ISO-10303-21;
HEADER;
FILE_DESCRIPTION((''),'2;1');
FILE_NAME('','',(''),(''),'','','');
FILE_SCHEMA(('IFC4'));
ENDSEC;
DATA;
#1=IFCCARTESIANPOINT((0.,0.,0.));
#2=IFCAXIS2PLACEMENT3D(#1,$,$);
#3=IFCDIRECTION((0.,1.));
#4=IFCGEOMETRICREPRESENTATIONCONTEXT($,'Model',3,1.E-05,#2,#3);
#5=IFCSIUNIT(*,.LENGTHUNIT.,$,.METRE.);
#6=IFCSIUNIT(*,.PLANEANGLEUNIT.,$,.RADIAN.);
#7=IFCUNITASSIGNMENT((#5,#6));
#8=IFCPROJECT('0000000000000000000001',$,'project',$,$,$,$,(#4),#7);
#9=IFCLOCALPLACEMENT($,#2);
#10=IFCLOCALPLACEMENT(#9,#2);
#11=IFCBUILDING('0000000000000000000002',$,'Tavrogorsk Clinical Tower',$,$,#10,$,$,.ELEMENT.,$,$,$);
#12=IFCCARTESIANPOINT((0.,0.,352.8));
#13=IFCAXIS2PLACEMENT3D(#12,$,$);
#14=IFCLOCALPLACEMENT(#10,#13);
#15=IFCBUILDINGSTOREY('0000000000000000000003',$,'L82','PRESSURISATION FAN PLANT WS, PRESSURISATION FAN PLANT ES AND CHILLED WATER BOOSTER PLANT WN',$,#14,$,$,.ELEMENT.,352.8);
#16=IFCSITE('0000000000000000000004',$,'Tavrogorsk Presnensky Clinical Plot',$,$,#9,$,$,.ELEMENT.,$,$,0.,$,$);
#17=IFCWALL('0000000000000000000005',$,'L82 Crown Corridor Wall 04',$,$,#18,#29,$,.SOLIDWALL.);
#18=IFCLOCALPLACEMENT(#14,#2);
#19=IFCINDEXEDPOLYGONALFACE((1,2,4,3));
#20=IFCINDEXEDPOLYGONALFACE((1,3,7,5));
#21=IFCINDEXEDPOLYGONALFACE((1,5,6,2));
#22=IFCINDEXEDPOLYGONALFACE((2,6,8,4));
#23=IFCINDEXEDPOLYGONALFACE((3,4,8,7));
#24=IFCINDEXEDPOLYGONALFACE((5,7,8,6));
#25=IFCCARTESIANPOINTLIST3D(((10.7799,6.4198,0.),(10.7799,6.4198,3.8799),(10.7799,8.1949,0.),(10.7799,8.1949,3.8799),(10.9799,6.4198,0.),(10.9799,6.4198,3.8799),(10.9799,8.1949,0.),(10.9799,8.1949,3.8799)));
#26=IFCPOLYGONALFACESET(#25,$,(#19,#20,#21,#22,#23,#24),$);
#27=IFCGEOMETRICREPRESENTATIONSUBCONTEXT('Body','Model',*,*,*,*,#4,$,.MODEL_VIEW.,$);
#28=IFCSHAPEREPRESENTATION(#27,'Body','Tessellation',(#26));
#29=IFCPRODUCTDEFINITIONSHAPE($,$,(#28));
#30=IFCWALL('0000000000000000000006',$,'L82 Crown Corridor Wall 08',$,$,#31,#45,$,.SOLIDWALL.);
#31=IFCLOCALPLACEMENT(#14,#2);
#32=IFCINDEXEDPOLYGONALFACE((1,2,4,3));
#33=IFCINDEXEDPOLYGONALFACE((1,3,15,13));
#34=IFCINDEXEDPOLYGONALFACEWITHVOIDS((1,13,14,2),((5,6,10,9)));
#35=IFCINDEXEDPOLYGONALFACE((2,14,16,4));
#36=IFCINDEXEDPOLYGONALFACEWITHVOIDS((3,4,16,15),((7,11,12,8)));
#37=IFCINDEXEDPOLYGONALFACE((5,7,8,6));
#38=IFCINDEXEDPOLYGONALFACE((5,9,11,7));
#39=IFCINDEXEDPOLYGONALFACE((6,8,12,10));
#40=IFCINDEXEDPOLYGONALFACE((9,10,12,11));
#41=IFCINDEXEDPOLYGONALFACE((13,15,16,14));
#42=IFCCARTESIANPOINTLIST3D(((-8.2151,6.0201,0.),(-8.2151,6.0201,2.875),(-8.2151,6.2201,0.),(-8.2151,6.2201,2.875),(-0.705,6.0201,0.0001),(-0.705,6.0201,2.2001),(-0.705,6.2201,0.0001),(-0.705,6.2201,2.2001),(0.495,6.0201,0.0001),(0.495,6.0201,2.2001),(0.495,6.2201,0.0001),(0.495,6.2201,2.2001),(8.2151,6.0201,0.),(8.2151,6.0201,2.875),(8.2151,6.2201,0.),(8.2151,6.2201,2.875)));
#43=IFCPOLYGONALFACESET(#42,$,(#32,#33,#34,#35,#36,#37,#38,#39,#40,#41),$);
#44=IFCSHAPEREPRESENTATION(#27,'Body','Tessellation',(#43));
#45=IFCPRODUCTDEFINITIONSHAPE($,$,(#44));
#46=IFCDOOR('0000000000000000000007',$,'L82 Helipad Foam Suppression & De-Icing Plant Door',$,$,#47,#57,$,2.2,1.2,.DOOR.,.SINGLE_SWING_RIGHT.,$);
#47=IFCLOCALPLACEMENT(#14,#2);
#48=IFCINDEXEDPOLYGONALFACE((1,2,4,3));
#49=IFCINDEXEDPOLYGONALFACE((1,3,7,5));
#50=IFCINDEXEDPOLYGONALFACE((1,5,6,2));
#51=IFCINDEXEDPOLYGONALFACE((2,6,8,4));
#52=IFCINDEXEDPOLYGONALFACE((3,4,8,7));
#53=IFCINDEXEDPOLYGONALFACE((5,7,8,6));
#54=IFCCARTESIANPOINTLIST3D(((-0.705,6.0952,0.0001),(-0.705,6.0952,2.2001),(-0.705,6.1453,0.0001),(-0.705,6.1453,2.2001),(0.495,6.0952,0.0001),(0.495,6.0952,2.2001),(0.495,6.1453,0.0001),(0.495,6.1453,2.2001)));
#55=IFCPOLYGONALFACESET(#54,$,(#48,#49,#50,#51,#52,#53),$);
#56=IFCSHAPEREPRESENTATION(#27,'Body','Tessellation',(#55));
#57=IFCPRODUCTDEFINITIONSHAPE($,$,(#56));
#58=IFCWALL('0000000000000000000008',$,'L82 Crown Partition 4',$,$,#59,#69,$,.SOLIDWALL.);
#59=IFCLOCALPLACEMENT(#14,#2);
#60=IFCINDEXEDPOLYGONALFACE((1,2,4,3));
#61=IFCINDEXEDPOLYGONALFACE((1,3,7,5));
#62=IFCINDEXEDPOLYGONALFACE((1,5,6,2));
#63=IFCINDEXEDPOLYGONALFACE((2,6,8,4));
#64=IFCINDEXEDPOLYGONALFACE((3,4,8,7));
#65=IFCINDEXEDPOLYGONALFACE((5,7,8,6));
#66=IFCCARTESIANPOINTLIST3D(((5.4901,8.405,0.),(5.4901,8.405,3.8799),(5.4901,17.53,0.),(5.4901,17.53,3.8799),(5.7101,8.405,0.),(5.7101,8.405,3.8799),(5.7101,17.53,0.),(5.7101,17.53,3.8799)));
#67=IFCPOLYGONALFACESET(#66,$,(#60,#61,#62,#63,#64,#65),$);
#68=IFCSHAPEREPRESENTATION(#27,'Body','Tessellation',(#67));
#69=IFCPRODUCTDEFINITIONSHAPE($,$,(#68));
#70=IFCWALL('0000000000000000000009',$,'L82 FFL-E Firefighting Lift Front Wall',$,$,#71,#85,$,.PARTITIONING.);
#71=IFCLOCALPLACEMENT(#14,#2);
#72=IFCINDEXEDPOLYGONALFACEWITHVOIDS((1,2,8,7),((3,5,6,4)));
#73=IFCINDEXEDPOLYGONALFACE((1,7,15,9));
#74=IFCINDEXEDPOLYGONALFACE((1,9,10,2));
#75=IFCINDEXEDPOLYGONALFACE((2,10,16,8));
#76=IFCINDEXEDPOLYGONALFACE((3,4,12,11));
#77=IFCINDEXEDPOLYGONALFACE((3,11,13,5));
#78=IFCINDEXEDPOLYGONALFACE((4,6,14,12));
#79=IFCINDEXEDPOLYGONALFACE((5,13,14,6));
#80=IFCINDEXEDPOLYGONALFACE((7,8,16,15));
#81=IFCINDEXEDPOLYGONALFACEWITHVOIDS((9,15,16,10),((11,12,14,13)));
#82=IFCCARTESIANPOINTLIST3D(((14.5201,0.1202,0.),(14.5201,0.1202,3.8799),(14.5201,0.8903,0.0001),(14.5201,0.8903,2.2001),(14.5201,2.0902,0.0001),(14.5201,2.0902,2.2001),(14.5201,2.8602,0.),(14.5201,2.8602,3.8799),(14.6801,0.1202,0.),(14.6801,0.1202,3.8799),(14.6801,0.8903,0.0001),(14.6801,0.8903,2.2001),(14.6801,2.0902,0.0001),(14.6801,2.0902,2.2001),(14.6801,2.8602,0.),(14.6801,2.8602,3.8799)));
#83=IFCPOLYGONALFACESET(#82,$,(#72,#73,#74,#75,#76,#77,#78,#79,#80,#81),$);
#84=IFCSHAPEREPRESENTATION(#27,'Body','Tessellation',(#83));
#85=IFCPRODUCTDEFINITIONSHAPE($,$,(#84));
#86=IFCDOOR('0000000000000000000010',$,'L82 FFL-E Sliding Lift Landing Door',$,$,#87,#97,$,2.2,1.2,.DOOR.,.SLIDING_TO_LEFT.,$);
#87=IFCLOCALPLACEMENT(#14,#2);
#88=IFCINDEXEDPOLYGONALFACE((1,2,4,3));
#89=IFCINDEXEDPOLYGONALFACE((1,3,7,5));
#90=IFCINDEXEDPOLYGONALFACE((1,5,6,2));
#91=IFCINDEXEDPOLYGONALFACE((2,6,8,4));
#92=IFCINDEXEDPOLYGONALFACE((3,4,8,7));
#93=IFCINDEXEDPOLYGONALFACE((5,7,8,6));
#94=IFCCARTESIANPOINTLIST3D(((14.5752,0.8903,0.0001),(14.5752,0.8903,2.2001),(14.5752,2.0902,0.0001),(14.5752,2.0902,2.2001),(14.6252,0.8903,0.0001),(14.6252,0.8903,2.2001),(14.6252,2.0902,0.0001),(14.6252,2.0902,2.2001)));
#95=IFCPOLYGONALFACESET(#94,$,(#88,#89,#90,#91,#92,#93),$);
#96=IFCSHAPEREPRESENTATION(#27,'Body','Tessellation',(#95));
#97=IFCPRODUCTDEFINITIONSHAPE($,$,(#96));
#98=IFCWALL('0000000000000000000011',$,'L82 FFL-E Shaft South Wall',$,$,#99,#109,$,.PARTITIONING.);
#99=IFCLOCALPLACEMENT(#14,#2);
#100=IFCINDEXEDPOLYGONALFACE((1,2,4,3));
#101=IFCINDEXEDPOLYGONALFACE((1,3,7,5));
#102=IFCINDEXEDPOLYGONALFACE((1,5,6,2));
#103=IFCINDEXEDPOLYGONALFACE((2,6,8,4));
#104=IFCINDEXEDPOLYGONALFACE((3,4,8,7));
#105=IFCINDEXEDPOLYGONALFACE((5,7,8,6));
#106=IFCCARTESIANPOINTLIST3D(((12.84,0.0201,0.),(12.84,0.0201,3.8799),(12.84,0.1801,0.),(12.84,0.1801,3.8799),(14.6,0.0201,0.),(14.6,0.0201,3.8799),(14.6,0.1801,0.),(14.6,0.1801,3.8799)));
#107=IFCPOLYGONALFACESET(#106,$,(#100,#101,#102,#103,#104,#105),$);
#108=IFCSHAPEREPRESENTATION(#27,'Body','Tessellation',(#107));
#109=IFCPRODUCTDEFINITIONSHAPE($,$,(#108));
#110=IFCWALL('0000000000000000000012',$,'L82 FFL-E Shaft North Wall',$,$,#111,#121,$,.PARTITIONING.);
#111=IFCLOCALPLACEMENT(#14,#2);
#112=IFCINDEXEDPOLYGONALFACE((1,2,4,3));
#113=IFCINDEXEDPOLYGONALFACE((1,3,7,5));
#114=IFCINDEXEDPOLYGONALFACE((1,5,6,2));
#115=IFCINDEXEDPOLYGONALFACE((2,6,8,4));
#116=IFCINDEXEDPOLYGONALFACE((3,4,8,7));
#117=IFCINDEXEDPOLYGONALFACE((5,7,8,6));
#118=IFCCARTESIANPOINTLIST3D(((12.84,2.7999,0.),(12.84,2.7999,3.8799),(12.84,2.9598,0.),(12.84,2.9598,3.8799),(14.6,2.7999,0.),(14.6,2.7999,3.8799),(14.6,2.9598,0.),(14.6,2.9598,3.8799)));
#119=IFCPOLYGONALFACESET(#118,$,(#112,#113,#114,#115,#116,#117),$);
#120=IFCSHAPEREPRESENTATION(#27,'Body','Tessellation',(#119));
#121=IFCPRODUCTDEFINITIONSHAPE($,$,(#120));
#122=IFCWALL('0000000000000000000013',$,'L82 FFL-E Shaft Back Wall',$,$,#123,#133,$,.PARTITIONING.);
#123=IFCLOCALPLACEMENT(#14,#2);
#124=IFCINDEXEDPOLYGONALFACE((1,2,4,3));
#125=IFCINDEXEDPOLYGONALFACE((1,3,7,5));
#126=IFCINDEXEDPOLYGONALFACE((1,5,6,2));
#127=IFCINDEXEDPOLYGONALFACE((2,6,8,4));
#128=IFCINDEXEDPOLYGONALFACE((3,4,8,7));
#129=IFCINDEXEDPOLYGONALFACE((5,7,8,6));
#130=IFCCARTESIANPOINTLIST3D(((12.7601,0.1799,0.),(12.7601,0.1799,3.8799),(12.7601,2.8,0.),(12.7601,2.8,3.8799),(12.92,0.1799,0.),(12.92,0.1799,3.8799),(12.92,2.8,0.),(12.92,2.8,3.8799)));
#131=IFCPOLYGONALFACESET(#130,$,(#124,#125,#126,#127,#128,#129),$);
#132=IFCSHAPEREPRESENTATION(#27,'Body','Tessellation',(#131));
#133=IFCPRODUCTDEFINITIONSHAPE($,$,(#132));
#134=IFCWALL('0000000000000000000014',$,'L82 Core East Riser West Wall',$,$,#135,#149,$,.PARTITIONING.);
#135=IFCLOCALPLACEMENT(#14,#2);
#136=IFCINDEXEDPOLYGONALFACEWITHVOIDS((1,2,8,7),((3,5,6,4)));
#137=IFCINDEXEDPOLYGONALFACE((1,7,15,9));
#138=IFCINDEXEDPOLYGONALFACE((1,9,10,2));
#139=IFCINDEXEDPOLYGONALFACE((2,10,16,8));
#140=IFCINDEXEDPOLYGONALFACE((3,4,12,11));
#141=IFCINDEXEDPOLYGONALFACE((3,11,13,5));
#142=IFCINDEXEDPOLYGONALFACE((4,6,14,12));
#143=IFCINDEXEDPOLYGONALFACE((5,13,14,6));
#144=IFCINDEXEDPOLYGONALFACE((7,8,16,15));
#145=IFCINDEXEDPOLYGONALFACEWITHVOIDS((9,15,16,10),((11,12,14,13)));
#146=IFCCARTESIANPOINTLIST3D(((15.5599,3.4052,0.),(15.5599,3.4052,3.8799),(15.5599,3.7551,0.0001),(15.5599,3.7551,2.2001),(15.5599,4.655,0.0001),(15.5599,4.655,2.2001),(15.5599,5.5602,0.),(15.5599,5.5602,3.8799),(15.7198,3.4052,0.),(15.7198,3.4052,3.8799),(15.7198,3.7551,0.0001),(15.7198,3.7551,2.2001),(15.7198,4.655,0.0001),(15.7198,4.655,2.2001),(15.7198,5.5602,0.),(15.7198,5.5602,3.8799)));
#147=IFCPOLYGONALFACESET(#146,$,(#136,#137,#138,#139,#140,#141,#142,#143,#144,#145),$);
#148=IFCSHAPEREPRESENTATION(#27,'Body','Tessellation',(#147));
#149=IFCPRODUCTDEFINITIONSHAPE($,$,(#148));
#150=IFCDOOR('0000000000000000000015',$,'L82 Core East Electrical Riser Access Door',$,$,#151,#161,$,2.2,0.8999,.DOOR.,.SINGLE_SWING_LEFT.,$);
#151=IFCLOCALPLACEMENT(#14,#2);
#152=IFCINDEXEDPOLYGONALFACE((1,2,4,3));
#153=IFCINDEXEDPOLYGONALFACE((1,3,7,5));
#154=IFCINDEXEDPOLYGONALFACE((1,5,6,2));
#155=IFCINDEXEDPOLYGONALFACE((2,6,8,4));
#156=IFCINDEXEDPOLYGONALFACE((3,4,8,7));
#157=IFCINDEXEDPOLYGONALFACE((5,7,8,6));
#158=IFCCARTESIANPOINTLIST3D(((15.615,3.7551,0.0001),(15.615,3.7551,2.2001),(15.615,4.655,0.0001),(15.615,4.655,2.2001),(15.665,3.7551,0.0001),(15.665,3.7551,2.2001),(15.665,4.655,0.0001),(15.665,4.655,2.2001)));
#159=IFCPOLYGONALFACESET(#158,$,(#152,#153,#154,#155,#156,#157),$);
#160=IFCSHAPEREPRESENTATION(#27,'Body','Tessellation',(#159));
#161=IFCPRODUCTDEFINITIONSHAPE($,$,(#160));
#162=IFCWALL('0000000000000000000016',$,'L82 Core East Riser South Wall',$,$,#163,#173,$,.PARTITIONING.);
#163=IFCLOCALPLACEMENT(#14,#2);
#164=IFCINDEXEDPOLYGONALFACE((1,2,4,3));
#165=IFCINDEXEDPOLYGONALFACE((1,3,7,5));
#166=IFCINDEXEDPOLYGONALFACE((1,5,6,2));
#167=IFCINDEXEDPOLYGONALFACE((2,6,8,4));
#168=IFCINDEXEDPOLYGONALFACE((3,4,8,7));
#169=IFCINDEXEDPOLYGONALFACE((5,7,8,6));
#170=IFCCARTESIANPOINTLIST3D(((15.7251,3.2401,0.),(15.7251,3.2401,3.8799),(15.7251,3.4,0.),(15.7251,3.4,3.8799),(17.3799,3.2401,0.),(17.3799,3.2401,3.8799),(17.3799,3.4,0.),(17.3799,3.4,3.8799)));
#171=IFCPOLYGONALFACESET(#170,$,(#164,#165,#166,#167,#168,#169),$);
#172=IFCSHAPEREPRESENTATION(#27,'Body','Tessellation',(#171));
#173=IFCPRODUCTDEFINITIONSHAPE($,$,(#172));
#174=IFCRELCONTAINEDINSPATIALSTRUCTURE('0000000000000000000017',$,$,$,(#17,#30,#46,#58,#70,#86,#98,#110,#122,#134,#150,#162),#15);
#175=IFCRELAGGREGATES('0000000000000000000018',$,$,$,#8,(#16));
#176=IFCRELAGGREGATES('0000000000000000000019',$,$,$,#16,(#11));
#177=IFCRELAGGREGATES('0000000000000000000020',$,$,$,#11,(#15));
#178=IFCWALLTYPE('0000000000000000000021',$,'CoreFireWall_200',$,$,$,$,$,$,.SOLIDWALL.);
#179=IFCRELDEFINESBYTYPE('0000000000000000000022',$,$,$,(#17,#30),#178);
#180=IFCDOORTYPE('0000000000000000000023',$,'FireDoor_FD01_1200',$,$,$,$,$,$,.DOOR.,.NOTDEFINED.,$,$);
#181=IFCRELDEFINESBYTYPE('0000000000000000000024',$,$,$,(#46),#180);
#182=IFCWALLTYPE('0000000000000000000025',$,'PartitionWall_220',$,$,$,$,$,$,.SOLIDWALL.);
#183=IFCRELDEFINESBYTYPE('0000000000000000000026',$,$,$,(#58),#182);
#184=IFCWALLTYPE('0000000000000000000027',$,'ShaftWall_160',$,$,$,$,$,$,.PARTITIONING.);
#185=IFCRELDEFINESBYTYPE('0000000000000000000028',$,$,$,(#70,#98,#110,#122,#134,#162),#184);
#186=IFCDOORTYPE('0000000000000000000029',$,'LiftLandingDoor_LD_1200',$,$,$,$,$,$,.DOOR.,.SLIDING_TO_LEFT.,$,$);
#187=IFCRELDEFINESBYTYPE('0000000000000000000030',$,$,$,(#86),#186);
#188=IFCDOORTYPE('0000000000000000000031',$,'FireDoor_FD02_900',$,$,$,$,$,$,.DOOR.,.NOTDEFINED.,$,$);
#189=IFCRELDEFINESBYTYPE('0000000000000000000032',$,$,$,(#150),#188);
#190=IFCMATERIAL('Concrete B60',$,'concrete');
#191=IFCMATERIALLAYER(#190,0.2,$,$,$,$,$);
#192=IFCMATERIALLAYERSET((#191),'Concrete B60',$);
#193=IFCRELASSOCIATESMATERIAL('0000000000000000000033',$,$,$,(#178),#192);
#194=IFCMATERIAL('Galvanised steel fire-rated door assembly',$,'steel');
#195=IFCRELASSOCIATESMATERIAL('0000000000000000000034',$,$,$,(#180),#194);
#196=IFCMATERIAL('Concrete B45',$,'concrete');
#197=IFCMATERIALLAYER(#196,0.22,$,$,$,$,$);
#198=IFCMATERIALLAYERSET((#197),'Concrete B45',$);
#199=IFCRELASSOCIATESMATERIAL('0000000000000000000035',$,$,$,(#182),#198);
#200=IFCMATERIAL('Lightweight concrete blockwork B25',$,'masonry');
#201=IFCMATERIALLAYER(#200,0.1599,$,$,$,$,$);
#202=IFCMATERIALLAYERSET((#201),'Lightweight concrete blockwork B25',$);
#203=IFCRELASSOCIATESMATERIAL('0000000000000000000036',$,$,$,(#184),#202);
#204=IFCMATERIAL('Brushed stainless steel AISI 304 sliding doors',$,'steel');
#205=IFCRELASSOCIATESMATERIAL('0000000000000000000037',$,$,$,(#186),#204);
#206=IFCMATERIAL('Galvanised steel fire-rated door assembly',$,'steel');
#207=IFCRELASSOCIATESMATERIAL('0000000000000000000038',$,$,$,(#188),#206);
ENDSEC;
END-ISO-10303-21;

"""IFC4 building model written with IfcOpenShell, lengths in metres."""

from ifc_helpers import new_model, si_unit, direction, frame, frame_2d, origin, place, context, subcontext, project, spatial, rectangle, extrude, material, layer, layer_set, type_object, element, fill, save


model = new_model("IFC4")

# Units and contexts
model_context = context("Model", 3, precision=1e-05, world=origin(), true_north=direction((0.0, 1.0)))
body_context = subcontext(model_context, "Body", "Model", "MODEL_VIEW")
ifc_project = project(units=[si_unit("LENGTHUNIT", "METRE"), si_unit("PLANEANGLEUNIT", "RADIAN")], contexts=[model_context])

# Site, building, storey
site_placement = place(None, origin())
site = spatial("IfcSite", under=ifc_project, at=site_placement, Name="Tavrogorsk Presnensky Clinical Plot", CompositionType="ELEMENT", RefElevation=0.0)
building_placement = place(site_placement, origin())
building = spatial("IfcBuilding", under=site, at=building_placement, Name="Tavrogorsk Clinical Tower", CompositionType="ELEMENT")
storey_placement = place(building_placement, frame((0.0, 0.0, 352.8)))
storey = spatial("IfcBuildingStorey", under=building, at=storey_placement, Name="L82", Description="PRESSURISATION FAN PLANT WS, PRESSURISATION FAN PLANT ES AND CHILLED WATER BOOSTER PLANT WN", CompositionType="ELEMENT", Elevation=352.8)

# Shared definitions
ifc_material_1 = material(Name="Concrete B60", Category="concrete")
ifc_layer_1 = layer(ifc_material_1, 0.2)
ifc_layer_set_1 = layer_set([ifc_layer_1], Name="Concrete B60")
wall_type_1 = type_object("IfcWallType", Name="CoreFireWall_200", PredefinedType="SOLIDWALL", material=ifc_layer_set_1)

# Wall
wall_1_placement = place(storey_placement, frame((10.8799, 8.1951, 0.0), z_axis=(0.0, 0.0, 1.0), x_axis=(0.0, -1.0, 0.0)))
element("IfcWall", 1, at=wall_1_placement, inside=storey, type_object=wall_type_1, Name="L82 Crown Corridor Wall 04", PredefinedType="SOLIDWALL", context=body_context, shape_type="SweptSolid", body=[
    extrude(rectangle(XDim=1.7751, YDim=0.2, at=frame_2d((0.8877, 0.0))), origin(), (0.0, 0.0, 1.0), 3.8799),
])

# Wall, opening, door
wall_2_placement = place(storey_placement, frame((8.2151, 6.1201, 0.0), z_axis=(0.0, 0.0, 1.0), x_axis=(-1.0, 0.0, 0.0)))
wall_2 = element("IfcWall", 2, at=wall_2_placement, inside=storey, type_object=wall_type_1, Name="L82 Crown Corridor Wall 08", PredefinedType="SOLIDWALL", context=body_context, shape_type="SweptSolid", body=[
    extrude(rectangle(XDim=16.4302, YDim=0.2, at=frame_2d((8.2151, 0.0))), origin(), (0.0, 0.0, 1.0), 2.875),
])
opening_1_placement = place(wall_2_placement, frame((7.72, 0.0, 0.0)))
opening_1 = element("IfcOpeningElement", 3, at=opening_1_placement, cuts=wall_2, PredefinedType="OPENING", context=body_context, shape_type="SweptSolid", body=[
    extrude(rectangle(XDim=1.2, YDim=2.2, at=frame_2d((0.6001, 1.1001))), frame((0.0, 0.1099, 0.0), z_axis=(0.0, -1.0, 0.0), x_axis=(1.0, 0.0, 0.0)), (0.0, 0.0, 1.0), 0.22),
])
ifc_material_2 = material(Name="Galvanised steel fire-rated door assembly", Category="steel")
door_type_1 = type_object("IfcDoorType", Name="FireDoor_FD01_1200", OperationType="NOTDEFINED", PredefinedType="DOOR", material=ifc_material_2)
door_1_placement = place(opening_1_placement, origin())
door_1 = element("IfcDoor", 4, at=door_1_placement, inside=storey, type_object=door_type_1, Name="L82 Helipad Foam Suppression & De-Icing Plant Door", OperationType="SINGLE_SWING_RIGHT", OverallHeight=2.2, OverallWidth=1.2, PredefinedType="DOOR", context=body_context, shape_type="SweptSolid", body=[
    extrude(rectangle(XDim=1.2, YDim=2.2, at=frame_2d((0.6001, 1.1001))), frame((0.0, 0.0249, 0.0), z_axis=(0.0, -1.0, 0.0), x_axis=(1.0, 0.0, 0.0)), (0.0, 0.0, 1.0), 0.05),
])
fill(opening_1, door_1)

# Wall
ifc_material_3 = material(Name="Concrete B45", Category="concrete")
ifc_layer_2 = layer(ifc_material_3, 0.22)
ifc_layer_set_2 = layer_set([ifc_layer_2], Name="Concrete B45")
wall_type_2 = type_object("IfcWallType", Name="PartitionWall_220", PredefinedType="SOLIDWALL", material=ifc_layer_set_2)
wall_3_placement = place(storey_placement, frame((5.6001, 8.405, 0.0), z_axis=(0.0, 0.0, 1.0), x_axis=(0.0, 1.0, 0.0)))
element("IfcWall", 5, at=wall_3_placement, inside=storey, type_object=wall_type_2, Name="L82 Crown Partition 4", PredefinedType="SOLIDWALL", context=body_context, shape_type="SweptSolid", body=[
    extrude(rectangle(XDim=9.125, YDim=0.22, at=frame_2d((4.5625, 0.0))), origin(), (0.0, 0.0, 1.0), 3.8799),
])

# Wall, opening, door
ifc_material_4 = material(Name="Lightweight concrete blockwork B25", Category="masonry")
ifc_layer_3 = layer(ifc_material_4, 0.1599)
ifc_layer_set_3 = layer_set([ifc_layer_3], Name="Lightweight concrete blockwork B25")
wall_type_3 = type_object("IfcWallType", Name="ShaftWall_160", PredefinedType="PARTITIONING", material=ifc_layer_set_3)
wall_4_placement = place(storey_placement, frame((14.6001, 0.1201, 0.0), z_axis=(0.0, 0.0, 1.0), x_axis=(0.0, 1.0, 0.0)))
wall_4 = element("IfcWall", 6, at=wall_4_placement, inside=storey, type_object=wall_type_3, Name="L82 FFL-E Firefighting Lift Front Wall", PredefinedType="PARTITIONING", context=body_context, shape_type="SweptSolid", body=[
    extrude(rectangle(XDim=2.74, YDim=0.1599, at=frame_2d((1.3701, 0.0))), origin(), (0.0, 0.0, 1.0), 3.8799),
])
opening_2_placement = place(wall_4_placement, frame((0.77, 0.0, 0.0)))
opening_2 = element("IfcOpeningElement", 7, at=opening_2_placement, cuts=wall_4, PredefinedType="OPENING", context=body_context, shape_type="SweptSolid", body=[
    extrude(rectangle(XDim=1.2, YDim=2.2, at=frame_2d((0.6001, 1.1001))), frame((0.0, 0.0898, 0.0), z_axis=(0.0, -1.0, 0.0), x_axis=(1.0, 0.0, 0.0)), (0.0, 0.0, 1.0), 0.1799),
])
ifc_material_5 = material(Name="Brushed stainless steel AISI 304 sliding doors", Category="steel")
door_type_2 = type_object("IfcDoorType", Name="LiftLandingDoor_LD_1200", OperationType="SLIDING_TO_LEFT", PredefinedType="DOOR", material=ifc_material_5)
door_2_placement = place(opening_2_placement, origin())
door_2 = element("IfcDoor", 8, at=door_2_placement, inside=storey, type_object=door_type_2, Name="L82 FFL-E Sliding Lift Landing Door", OperationType="SLIDING_TO_LEFT", OverallHeight=2.2, OverallWidth=1.2, PredefinedType="DOOR", context=body_context, shape_type="SweptSolid", body=[
    extrude(rectangle(XDim=1.2, YDim=2.2, at=frame_2d((0.6001, 1.1001))), frame((0.0, 0.0249, 0.0), z_axis=(0.0, -1.0, 0.0), x_axis=(1.0, 0.0, 0.0)), (0.0, 0.0, 1.0), 0.05),
])
fill(opening_2, door_2)

# Walls
for number, where, z_axis, x_axis, name in (
    (9, (12.8401, 0.1001, 0.0), (0.0, 0.0, 1.0), (1.0, 0.0, 0.0), "L82 FFL-E Shaft South Wall"),
    (10, (12.8401, 2.8799, 0.0), (0.0, 0.0, 1.0), (1.0, 0.0, 0.0), "L82 FFL-E Shaft North Wall"),
):
    element("IfcWall", number, at=place(storey_placement, frame(where, z_axis=z_axis, x_axis=x_axis)), inside=storey, type_object=wall_type_3, Name=name, PredefinedType="PARTITIONING", context=body_context, shape_type="SweptSolid", body=[
        extrude(rectangle(XDim=1.76, YDim=0.1599, at=frame_2d((0.8799, 0.0))), origin(), (0.0, 0.0, 1.0), 3.8799),
    ])
wall_5_placement = place(storey_placement, frame((12.8401, 0.1799, 0.0), z_axis=(0.0, 0.0, 1.0), x_axis=(0.0, 1.0, 0.0)))
element("IfcWall", 11, at=wall_5_placement, inside=storey, type_object=wall_type_3, Name="L82 FFL-E Shaft Back Wall", PredefinedType="PARTITIONING", context=body_context, shape_type="SweptSolid", body=[
    extrude(rectangle(XDim=2.6201, YDim=0.1599, at=frame_2d((1.3101, 0.0))), origin(), (0.0, 0.0, 1.0), 3.8799),
])

# Wall, opening, door
wall_6_placement = place(storey_placement, frame((15.6399, 3.405, 0.0), z_axis=(0.0, 0.0, 1.0), x_axis=(0.0, 1.0, 0.0)))
wall_6 = element("IfcWall", 12, at=wall_6_placement, inside=storey, type_object=wall_type_3, Name="L82 Core East Riser West Wall", PredefinedType="PARTITIONING", context=body_context, shape_type="SweptSolid", body=[
    extrude(rectangle(XDim=2.155, YDim=0.1599, at=frame_2d((1.0776, 0.0))), origin(), (0.0, 0.0, 1.0), 3.8799),
])
opening_3_placement = place(wall_6_placement, frame((0.3501, 0.0, 0.0)))
opening_3 = element("IfcOpeningElement", 13, at=opening_3_placement, cuts=wall_6, PredefinedType="OPENING", context=body_context, shape_type="SweptSolid", body=[
    extrude(rectangle(XDim=0.8999, YDim=2.2, at=frame_2d((0.45, 1.1001))), frame((0.0, 0.0898, 0.0), z_axis=(0.0, -1.0, 0.0), x_axis=(1.0, 0.0, 0.0)), (0.0, 0.0, 1.0), 0.1799),
])
ifc_material_6 = material(Name="Galvanised steel fire-rated door assembly", Category="steel")
door_type_3 = type_object("IfcDoorType", Name="FireDoor_FD02_900", OperationType="NOTDEFINED", PredefinedType="DOOR", material=ifc_material_6)
door_3_placement = place(opening_3_placement, origin())
door_3 = element("IfcDoor", 14, at=door_3_placement, inside=storey, type_object=door_type_3, Name="L82 Core East Electrical Riser Access Door", OperationType="SINGLE_SWING_LEFT", OverallHeight=2.2, OverallWidth=0.8999, PredefinedType="DOOR", context=body_context, shape_type="SweptSolid", body=[
    extrude(rectangle(XDim=0.8999, YDim=2.2, at=frame_2d((0.45, 1.1001))), frame((0.0, 0.0249, 0.0), z_axis=(0.0, -1.0, 0.0), x_axis=(1.0, 0.0, 0.0)), (0.0, 0.0, 1.0), 0.05),
])
fill(opening_3, door_3)

# Wall
wall_7_placement = place(storey_placement, frame((15.7251, 3.3201, 0.0), z_axis=(0.0, 0.0, 1.0), x_axis=(1.0, 0.0, 0.0)))
element("IfcWall", 15, at=wall_7_placement, inside=storey, type_object=wall_type_3, Name="L82 Core East Riser South Wall", PredefinedType="PARTITIONING", context=body_context, shape_type="SweptSolid", body=[
    extrude(rectangle(XDim=1.6548, YDim=0.1599, at=frame_2d((0.8274, 0.0))), origin(), (0.0, 0.0, 1.0), 3.8799),
])

save(model, "model.ifc")
